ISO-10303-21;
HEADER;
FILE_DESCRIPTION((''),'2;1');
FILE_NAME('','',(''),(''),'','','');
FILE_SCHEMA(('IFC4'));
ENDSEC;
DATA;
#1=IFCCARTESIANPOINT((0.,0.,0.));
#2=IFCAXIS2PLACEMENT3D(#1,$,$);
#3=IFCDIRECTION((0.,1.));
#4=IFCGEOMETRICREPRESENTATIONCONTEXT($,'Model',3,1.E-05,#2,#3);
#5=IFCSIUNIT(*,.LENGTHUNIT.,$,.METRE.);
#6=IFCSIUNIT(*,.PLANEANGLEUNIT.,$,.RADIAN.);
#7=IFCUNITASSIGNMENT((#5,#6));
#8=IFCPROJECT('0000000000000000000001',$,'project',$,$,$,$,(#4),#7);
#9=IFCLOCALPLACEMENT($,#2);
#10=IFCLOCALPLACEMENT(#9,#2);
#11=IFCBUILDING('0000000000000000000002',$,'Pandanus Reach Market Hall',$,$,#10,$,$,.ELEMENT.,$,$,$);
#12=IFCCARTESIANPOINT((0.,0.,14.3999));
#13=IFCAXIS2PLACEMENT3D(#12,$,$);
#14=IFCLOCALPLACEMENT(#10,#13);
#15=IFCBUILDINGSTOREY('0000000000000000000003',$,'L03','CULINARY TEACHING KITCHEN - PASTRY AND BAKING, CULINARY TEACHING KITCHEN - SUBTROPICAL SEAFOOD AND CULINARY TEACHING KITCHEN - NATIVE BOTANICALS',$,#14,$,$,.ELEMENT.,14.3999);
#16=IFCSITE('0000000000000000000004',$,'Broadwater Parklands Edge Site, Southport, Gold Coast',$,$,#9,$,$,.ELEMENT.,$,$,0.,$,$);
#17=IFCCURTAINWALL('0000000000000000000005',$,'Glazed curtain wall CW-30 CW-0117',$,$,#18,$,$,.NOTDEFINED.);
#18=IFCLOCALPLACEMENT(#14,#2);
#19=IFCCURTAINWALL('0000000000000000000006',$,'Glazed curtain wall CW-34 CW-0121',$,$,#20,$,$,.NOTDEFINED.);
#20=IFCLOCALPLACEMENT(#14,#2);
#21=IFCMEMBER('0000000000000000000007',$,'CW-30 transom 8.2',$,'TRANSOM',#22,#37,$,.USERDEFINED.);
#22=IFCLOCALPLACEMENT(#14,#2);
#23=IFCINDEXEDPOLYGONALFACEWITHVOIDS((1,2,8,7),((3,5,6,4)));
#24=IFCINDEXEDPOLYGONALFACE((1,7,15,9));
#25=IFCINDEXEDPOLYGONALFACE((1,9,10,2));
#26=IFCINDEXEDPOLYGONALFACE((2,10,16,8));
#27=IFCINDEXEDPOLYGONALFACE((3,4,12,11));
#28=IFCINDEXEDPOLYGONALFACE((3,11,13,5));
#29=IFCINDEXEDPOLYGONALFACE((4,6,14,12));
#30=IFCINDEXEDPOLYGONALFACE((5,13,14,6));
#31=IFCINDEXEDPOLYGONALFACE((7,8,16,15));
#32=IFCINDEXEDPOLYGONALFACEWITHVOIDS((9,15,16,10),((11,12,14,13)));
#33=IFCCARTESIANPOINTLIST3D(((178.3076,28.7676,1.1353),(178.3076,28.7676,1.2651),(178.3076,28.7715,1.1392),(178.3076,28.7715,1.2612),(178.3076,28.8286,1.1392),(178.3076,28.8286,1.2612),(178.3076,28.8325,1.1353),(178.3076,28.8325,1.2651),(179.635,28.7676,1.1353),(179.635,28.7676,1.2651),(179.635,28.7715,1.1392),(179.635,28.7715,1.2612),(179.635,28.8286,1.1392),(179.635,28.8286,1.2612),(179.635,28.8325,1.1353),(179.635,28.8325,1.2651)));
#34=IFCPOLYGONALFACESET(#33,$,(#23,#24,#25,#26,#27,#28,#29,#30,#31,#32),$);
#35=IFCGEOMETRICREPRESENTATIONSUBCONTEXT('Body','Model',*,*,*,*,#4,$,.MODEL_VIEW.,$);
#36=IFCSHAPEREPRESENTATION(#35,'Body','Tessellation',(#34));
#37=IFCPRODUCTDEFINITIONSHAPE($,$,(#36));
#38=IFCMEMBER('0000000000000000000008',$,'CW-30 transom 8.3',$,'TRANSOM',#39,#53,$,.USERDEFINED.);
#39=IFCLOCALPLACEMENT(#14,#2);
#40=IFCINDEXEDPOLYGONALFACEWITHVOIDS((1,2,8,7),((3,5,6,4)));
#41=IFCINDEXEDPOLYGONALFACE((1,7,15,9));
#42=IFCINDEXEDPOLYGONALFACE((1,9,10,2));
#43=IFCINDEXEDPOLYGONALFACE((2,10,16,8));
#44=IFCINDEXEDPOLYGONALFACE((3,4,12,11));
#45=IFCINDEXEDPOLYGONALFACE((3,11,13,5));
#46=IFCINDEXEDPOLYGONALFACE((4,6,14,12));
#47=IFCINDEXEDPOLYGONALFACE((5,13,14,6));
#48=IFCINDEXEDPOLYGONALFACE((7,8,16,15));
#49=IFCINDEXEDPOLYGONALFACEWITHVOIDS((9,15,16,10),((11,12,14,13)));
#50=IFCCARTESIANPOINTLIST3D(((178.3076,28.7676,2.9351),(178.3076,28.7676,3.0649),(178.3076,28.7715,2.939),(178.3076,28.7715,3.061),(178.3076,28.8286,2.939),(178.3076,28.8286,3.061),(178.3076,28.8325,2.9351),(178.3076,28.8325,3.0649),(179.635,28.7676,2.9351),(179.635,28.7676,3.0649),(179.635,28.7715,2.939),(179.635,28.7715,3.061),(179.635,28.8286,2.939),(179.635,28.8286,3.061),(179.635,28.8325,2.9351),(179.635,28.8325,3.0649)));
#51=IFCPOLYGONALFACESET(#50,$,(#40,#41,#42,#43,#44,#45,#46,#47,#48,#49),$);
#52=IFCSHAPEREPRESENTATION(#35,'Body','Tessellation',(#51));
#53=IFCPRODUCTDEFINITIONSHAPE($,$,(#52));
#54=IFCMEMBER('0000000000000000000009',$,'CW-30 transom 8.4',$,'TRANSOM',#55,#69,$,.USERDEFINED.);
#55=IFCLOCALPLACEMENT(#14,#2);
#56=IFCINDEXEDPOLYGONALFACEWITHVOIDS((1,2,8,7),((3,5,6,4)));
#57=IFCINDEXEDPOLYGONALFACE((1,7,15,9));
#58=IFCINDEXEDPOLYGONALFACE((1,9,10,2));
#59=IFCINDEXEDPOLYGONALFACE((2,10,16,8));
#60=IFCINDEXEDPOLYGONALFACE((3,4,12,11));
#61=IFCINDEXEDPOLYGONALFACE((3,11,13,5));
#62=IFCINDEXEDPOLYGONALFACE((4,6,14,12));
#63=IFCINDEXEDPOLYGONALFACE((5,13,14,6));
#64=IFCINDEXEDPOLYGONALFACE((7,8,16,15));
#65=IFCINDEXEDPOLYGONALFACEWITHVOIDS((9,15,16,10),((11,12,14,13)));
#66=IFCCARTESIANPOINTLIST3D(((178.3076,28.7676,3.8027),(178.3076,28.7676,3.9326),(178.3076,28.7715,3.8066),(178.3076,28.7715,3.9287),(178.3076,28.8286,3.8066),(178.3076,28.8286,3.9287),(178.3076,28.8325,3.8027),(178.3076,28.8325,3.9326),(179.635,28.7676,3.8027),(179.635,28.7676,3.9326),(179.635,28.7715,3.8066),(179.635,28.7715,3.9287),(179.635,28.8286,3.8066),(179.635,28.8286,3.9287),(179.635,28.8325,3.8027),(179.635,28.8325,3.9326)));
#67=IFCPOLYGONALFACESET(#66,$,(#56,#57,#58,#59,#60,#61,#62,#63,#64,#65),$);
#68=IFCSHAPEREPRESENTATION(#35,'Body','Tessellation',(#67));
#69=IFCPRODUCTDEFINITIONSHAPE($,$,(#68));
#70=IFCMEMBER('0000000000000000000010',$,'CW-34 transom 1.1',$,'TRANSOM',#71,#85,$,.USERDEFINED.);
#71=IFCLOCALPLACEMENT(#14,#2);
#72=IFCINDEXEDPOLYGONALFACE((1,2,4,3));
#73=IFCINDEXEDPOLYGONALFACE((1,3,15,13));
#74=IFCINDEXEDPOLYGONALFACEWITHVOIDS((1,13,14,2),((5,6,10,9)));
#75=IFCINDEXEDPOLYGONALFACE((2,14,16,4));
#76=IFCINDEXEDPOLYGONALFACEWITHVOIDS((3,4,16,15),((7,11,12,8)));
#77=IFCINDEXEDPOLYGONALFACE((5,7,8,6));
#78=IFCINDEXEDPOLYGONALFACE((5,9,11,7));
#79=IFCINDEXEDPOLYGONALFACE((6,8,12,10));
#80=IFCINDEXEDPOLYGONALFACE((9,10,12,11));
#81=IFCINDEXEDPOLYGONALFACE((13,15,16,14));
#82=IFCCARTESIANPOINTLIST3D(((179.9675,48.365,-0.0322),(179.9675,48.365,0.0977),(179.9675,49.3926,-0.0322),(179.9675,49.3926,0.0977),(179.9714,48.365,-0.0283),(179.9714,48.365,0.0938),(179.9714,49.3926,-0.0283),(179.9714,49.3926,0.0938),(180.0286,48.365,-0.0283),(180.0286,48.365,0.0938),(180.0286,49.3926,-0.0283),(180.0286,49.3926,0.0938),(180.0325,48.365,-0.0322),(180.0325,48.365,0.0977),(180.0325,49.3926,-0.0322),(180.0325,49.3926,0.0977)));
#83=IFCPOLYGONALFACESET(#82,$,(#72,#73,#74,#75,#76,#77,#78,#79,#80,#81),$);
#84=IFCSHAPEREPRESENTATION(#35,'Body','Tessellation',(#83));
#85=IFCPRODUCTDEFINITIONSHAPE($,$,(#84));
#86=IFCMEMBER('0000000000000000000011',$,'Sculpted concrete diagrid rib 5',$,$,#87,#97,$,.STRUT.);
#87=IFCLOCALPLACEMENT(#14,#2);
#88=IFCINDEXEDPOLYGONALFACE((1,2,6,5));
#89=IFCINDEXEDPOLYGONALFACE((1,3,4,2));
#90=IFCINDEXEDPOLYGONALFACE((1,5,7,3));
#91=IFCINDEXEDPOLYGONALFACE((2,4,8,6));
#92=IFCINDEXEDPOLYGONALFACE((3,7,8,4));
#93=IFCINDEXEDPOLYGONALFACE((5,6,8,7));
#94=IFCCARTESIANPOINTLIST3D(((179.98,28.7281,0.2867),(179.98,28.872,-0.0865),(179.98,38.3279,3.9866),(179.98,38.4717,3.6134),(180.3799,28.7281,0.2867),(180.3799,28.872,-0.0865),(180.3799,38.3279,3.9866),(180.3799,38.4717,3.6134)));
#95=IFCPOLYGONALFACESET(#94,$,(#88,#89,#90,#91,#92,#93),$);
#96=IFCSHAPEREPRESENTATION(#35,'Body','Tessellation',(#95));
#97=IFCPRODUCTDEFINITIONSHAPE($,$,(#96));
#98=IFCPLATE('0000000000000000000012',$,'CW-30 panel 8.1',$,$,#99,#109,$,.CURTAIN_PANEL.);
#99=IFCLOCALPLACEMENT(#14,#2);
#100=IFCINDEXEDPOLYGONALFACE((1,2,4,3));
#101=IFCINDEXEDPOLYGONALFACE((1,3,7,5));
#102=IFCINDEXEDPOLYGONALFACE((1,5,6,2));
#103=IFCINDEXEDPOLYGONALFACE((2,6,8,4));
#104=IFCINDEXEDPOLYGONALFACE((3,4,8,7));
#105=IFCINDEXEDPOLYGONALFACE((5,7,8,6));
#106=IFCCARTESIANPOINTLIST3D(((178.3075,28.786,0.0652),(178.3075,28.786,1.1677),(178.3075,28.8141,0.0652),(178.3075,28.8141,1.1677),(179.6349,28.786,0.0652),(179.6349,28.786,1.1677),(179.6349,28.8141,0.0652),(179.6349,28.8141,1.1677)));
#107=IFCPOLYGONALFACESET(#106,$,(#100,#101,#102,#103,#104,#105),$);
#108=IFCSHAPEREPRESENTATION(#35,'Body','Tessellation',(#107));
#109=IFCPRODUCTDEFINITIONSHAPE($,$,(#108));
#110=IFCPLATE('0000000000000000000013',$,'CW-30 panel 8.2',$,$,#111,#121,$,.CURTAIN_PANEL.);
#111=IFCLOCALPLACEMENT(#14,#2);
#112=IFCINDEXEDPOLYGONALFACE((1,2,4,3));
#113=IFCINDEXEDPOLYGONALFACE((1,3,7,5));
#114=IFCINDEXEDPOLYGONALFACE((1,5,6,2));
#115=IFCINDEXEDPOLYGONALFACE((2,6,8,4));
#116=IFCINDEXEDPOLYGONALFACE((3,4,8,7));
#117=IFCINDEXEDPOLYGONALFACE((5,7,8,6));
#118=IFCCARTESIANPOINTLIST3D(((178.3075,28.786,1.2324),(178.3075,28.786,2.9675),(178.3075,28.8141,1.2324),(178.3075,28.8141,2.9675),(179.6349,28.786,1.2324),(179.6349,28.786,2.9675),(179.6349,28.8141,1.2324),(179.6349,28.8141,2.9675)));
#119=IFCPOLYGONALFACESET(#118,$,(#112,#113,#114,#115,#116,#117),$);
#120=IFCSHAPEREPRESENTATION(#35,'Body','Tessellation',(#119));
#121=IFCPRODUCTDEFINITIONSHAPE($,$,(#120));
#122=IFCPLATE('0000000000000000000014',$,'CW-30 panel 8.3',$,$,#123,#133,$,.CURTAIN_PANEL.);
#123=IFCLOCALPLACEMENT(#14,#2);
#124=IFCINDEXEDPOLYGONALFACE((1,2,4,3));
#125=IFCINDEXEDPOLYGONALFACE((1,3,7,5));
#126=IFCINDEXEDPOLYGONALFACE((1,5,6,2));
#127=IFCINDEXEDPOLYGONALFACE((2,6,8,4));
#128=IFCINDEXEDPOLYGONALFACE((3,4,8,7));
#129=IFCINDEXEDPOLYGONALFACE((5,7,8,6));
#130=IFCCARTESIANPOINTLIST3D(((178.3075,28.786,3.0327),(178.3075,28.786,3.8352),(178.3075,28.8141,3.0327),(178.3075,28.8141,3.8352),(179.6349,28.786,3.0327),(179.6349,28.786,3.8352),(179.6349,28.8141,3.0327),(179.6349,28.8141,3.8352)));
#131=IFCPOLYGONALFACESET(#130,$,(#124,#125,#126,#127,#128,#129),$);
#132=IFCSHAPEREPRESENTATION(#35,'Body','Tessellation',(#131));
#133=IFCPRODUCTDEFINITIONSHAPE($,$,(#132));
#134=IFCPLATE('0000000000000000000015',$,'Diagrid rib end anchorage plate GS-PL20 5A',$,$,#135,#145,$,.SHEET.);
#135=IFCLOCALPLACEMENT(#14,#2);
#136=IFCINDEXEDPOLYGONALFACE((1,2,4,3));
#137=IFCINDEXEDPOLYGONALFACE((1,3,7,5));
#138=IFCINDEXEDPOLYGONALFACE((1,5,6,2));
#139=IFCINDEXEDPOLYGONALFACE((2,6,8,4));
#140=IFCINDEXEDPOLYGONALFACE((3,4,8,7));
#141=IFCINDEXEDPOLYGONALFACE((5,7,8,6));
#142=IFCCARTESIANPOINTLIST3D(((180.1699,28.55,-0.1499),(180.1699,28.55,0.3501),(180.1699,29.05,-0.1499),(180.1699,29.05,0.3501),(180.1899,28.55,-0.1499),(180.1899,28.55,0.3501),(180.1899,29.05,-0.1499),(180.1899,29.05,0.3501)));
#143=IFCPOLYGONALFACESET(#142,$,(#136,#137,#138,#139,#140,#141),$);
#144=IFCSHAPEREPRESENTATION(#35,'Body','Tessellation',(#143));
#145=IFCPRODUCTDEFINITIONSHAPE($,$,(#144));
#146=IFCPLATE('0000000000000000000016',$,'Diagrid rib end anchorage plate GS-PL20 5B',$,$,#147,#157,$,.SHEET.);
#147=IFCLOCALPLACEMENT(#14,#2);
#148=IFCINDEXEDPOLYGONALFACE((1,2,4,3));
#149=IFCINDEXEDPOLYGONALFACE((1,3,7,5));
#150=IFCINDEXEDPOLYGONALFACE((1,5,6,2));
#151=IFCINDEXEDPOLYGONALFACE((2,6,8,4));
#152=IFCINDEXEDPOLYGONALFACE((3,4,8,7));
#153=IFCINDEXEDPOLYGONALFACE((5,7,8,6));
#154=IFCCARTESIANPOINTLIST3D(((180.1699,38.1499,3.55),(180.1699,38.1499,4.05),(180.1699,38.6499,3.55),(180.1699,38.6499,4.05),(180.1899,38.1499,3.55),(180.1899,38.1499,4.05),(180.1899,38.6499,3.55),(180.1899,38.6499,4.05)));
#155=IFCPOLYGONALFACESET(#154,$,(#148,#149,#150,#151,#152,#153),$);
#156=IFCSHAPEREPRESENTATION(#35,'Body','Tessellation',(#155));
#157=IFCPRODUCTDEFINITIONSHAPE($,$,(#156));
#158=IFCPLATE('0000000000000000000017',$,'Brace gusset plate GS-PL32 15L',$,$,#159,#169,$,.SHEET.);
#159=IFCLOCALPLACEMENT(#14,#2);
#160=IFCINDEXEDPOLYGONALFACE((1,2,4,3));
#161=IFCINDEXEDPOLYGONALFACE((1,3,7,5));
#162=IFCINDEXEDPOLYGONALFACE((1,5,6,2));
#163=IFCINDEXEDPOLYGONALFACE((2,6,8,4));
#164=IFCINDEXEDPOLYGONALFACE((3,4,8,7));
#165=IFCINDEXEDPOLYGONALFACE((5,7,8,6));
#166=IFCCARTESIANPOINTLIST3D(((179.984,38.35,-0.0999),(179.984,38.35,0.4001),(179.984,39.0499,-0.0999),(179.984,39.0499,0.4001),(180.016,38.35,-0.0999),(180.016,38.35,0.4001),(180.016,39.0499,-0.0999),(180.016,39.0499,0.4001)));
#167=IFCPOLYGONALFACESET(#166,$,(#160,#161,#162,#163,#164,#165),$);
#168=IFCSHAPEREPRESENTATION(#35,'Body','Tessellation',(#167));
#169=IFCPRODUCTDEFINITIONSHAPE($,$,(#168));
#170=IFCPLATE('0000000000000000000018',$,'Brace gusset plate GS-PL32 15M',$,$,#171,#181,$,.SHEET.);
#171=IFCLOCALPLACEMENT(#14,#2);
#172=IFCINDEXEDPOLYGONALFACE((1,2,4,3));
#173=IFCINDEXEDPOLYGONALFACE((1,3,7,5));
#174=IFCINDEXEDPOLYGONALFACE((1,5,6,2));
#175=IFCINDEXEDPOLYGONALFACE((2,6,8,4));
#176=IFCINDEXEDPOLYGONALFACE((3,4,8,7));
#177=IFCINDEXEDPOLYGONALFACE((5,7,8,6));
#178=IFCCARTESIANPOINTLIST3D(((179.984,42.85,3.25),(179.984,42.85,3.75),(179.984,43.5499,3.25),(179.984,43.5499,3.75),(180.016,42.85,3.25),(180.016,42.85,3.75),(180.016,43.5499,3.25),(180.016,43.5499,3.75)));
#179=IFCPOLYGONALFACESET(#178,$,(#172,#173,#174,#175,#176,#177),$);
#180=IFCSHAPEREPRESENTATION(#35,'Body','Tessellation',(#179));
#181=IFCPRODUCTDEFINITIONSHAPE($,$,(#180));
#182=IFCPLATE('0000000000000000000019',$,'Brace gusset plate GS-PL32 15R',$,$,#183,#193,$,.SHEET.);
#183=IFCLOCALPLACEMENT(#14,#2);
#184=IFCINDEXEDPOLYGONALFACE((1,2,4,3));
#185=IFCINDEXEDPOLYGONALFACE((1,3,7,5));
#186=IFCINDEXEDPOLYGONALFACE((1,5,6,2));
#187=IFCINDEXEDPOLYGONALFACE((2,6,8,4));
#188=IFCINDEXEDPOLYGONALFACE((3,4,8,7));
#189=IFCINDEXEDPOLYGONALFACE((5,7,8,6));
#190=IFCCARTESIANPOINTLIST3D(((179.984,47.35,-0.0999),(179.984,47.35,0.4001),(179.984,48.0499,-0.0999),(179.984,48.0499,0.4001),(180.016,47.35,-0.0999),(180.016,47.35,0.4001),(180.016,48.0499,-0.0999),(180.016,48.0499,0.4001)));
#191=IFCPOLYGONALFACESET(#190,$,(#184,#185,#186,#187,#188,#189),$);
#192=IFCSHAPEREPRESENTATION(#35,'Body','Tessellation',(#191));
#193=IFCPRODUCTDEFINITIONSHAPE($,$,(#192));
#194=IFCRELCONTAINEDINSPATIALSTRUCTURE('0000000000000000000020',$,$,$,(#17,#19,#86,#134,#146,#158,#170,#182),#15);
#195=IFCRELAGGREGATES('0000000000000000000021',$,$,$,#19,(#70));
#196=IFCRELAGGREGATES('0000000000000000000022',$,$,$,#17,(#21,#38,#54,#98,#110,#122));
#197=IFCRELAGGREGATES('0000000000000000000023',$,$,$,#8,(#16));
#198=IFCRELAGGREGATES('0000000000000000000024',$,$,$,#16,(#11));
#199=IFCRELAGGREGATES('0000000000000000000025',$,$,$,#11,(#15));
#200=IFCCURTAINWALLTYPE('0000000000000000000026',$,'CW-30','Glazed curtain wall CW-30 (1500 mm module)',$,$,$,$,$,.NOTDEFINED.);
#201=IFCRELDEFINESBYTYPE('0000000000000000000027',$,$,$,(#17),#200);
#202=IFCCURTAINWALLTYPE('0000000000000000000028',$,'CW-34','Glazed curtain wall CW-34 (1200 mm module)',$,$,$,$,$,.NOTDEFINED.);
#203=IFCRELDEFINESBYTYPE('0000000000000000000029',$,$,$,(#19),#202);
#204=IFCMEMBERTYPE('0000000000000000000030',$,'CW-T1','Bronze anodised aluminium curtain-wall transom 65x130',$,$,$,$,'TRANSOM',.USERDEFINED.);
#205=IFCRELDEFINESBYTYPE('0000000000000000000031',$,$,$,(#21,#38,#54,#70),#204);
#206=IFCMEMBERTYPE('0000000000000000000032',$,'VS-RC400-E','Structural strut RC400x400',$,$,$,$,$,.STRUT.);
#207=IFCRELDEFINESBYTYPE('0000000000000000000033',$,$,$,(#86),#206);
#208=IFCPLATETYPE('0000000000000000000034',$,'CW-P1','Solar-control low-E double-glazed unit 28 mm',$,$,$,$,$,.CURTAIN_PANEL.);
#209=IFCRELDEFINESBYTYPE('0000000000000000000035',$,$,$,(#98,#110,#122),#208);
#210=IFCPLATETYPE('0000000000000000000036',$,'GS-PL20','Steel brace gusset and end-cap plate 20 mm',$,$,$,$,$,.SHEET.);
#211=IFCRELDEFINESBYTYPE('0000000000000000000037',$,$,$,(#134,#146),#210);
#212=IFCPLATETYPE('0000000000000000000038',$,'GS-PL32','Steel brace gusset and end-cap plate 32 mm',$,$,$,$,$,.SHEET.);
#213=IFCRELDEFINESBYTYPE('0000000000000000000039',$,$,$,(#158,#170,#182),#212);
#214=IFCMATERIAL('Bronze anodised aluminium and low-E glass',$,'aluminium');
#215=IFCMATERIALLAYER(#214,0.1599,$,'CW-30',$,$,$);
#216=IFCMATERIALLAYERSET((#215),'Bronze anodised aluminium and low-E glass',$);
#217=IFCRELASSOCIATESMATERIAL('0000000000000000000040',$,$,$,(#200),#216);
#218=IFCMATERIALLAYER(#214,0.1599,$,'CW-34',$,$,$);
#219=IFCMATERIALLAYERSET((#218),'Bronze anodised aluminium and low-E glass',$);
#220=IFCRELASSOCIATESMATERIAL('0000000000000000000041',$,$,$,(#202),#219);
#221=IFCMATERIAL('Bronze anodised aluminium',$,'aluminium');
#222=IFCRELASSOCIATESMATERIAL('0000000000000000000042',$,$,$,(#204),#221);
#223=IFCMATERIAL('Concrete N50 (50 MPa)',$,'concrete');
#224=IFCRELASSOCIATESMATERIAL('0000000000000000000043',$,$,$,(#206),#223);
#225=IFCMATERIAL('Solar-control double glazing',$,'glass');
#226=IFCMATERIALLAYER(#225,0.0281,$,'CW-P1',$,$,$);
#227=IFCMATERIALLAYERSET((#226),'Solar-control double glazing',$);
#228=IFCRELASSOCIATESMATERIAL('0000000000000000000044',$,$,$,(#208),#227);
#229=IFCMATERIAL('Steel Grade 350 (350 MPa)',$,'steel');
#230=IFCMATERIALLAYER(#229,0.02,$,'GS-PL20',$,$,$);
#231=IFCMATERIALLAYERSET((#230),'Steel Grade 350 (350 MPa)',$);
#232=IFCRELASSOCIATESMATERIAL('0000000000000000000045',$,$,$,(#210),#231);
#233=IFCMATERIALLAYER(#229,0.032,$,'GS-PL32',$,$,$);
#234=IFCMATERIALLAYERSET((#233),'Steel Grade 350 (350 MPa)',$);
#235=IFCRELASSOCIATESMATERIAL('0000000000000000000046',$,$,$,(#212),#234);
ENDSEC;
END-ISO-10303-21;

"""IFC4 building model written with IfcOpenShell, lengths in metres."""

from ifc_helpers import new_model, si_unit, direction, frame, origin, origin_2d, place, context, subcontext, project, spatial, rectangle, hollow_rectangle, extrude, material, layer, layer_set, material_profile, profile_set, type_object, element, aggregate, save


model = new_model("IFC4")

# Units and contexts
model_context = context("Model", 3, precision=1e-05, world=origin(), true_north=direction((0.0, 1.0)))
body_context = subcontext(model_context, "Body", "Model", "MODEL_VIEW")
ifc_project = project(units=[si_unit("LENGTHUNIT", "METRE"), si_unit("PLANEANGLEUNIT", "RADIAN")], contexts=[model_context])

# Site, building, storey
site_placement = place(None, origin())
site = spatial("IfcSite", under=ifc_project, at=site_placement, Name="Broadwater Parklands Edge Site, Southport, Gold Coast", CompositionType="ELEMENT", RefElevation=0.0)
building_placement = place(site_placement, origin())
building = spatial("IfcBuilding", under=site, at=building_placement, Name="Pandanus Reach Market Hall", CompositionType="ELEMENT")
storey_placement = place(building_placement, frame((0.0, 0.0, 14.3999)))
storey = spatial("IfcBuildingStorey", under=building, at=storey_placement, Name="L03", Description="CULINARY TEACHING KITCHEN - PASTRY AND BAKING, CULINARY TEACHING KITCHEN - SUBTROPICAL SEAFOOD AND CULINARY TEACHING KITCHEN - NATIVE BOTANICALS", CompositionType="ELEMENT", Elevation=14.3999)

# Shared definitions
ifc_material_1 = material(Name="Steel Grade 350 (350 MPa)", Category="steel")

# Curtain wall
ifc_material_2 = material(Name="Bronze anodised aluminium and low-E glass", Category="aluminium")
ifc_layer_1 = layer(ifc_material_2, 0.1599, Name="CW-30")
ifc_layer_set_1 = layer_set([ifc_layer_1], Name="Bronze anodised aluminium and low-E glass")
curtain_wall_type_1 = type_object("IfcCurtainWallType", Name="CW-30", Description="Glazed curtain wall CW-30 (1500 mm module)", PredefinedType="NOTDEFINED", material=ifc_layer_set_1)
curtain_wall_1_placement = place(storey_placement, origin())
curtain_wall_1 = element("IfcCurtainWall", 1, at=curtain_wall_1_placement, inside=storey, type_object=curtain_wall_type_1, Name="Glazed curtain wall CW-30 CW-0117", PredefinedType="NOTDEFINED")
ifc_material_3 = material(Name="Bronze anodised aluminium", Category="aluminium")

# Curtain wall
ifc_layer_2 = layer(ifc_material_2, 0.1599, Name="CW-34")
ifc_layer_set_2 = layer_set([ifc_layer_2], Name="Bronze anodised aluminium and low-E glass")
curtain_wall_type_2 = type_object("IfcCurtainWallType", Name="CW-34", Description="Glazed curtain wall CW-34 (1200 mm module)", PredefinedType="NOTDEFINED", material=ifc_layer_set_2)
curtain_wall_2_placement = place(storey_placement, origin())
curtain_wall_2 = element("IfcCurtainWall", 2, at=curtain_wall_2_placement, inside=storey, type_object=curtain_wall_type_2, Name="Glazed curtain wall CW-34 CW-0121", PredefinedType="NOTDEFINED")

# Members
ifc_material_profile_1 = material_profile(ifc_material_3, hollow_rectangle(XDim=0.0649, YDim=0.1299, WallThickness=0.0039, at=origin_2d()), Name="ALU65x130", Category="LoadBearing")
ifc_profile_set_1 = profile_set([ifc_material_profile_1], Name="Bronze anodised aluminium")
member_type_1 = type_object("IfcMemberType", Name="CW-T1", Description="Bronze anodised aluminium curtain-wall transom 65x130", ElementType="TRANSOM", PredefinedType="USERDEFINED", material=ifc_profile_set_1)
member_1_placement = place(storey_placement, frame((178.3076, 28.8, 1.2002), z_axis=(1.0, 0.0, 0.0), x_axis=(0.0, 1.0, 0.0)))
member_1 = element("IfcMember", 3, at=member_1_placement, type_object=member_type_1, Name="CW-30 transom 8.2", ObjectType="TRANSOM", PredefinedType="USERDEFINED", context=body_context, shape_type="SweptSolid", body=[
    extrude(hollow_rectangle(XDim=0.0649, YDim=0.1299, WallThickness=0.0039, at=origin_2d()), origin(), (0.0, 0.0, 1.0), 1.3274),
])
member_2_placement = place(storey_placement, frame((178.3076, 28.8, 3.0), z_axis=(1.0, 0.0, 0.0), x_axis=(0.0, 1.0, 0.0)))
member_2 = element("IfcMember", 4, at=member_2_placement, type_object=member_type_1, Name="CW-30 transom 8.3", ObjectType="TRANSOM", PredefinedType="USERDEFINED", context=body_context, shape_type="SweptSolid", body=[
    extrude(hollow_rectangle(XDim=0.0649, YDim=0.1299, WallThickness=0.0039, at=origin_2d()), origin(), (0.0, 0.0, 1.0), 1.3274),
])
member_3_placement = place(storey_placement, frame((178.3076, 28.8, 3.8677), z_axis=(1.0, 0.0, 0.0), x_axis=(0.0, 1.0, 0.0)))
member_3 = element("IfcMember", 5, at=member_3_placement, type_object=member_type_1, Name="CW-30 transom 8.4", ObjectType="TRANSOM", PredefinedType="USERDEFINED", context=body_context, shape_type="SweptSolid", body=[
    extrude(hollow_rectangle(XDim=0.0649, YDim=0.1299, WallThickness=0.0039, at=origin_2d()), origin(), (0.0, 0.0, 1.0), 1.3274),
])
member_4_placement = place(storey_placement, frame((180.0, 48.365, 0.0327), z_axis=(0.0, 1.0, 0.0), x_axis=(-1.0, 0.0, 0.0)))
member_4 = element("IfcMember", 6, at=member_4_placement, type_object=member_type_1, Name="CW-34 transom 1.1", ObjectType="TRANSOM", PredefinedType="USERDEFINED", context=body_context, shape_type="SweptSolid", body=[
    extrude(hollow_rectangle(XDim=0.0649, YDim=0.1299, WallThickness=0.0039, at=origin_2d()), origin(), (0.0, 0.0, 1.0), 1.0276),
])
aggregate(curtain_wall_2, [member_4])
ifc_material_4 = material(Name="Concrete N50 (50 MPa)", Category="concrete")
ifc_material_profile_2 = material_profile(ifc_material_4, rectangle(XDim=0.3999, YDim=0.3999, at=origin_2d()), Name="RC400x400", Category="LoadBearing")
ifc_profile_set_2 = profile_set([ifc_material_profile_2], Name="Concrete N50 (50 MPa)")
member_type_2 = type_object("IfcMemberType", Name="VS-RC400-E", Description="Structural strut RC400x400", PredefinedType="STRUT", material=ifc_profile_set_2)
member_5_placement = place(storey_placement, frame((180.1799, 28.8, 0.1001), z_axis=(0.0, 0.933095, 0.359631), x_axis=(-1.0, 0.0, 0.0)))
element("IfcMember", 7, at=member_5_placement, inside=storey, type_object=member_type_2, Name="Sculpted concrete diagrid rib 5", PredefinedType="STRUT", context=body_context, shape_type="SweptSolid", body=[
    extrude(rectangle(XDim=0.3999, YDim=0.3999, at=origin_2d()), origin(), (0.0, 0.0, 1.0), 10.2881),
])

# Plates
ifc_material_5 = material(Name="Solar-control double glazing", Category="glass")
ifc_layer_3 = layer(ifc_material_5, 0.0281, Name="CW-P1")
ifc_layer_set_3 = layer_set([ifc_layer_3], Name="Solar-control double glazing")
plate_type_1 = type_object("IfcPlateType", Name="CW-P1", Description="Solar-control low-E double-glazed unit 28 mm", PredefinedType="CURTAIN_PANEL", material=ifc_layer_set_3)
plate_1_placement = place(storey_placement, frame((178.9712, 28.8, 0.0652), z_axis=(0.0, 0.0, 1.0), x_axis=(1.0, 0.0, 0.0)))
plate_1 = element("IfcPlate", 8, at=plate_1_placement, type_object=plate_type_1, Name="CW-30 panel 8.1", PredefinedType="CURTAIN_PANEL", context=body_context, shape_type="SweptSolid", body=[
    extrude(rectangle(XDim=1.3274, YDim=0.0281, at=origin_2d()), origin(), (0.0, 0.0, 1.0), 1.1025),
])
plate_2_placement = place(storey_placement, frame((178.9712, 28.8, 1.2324), z_axis=(0.0, 0.0, 1.0), x_axis=(1.0, 0.0, 0.0)))
plate_2 = element("IfcPlate", 9, at=plate_2_placement, type_object=plate_type_1, Name="CW-30 panel 8.2", PredefinedType="CURTAIN_PANEL", context=body_context, shape_type="SweptSolid", body=[
    extrude(rectangle(XDim=1.3274, YDim=0.0281, at=origin_2d()), origin(), (0.0, 0.0, 1.0), 1.7351),
])
plate_3_placement = place(storey_placement, frame((178.9712, 28.8, 3.0327), z_axis=(0.0, 0.0, 1.0), x_axis=(1.0, 0.0, 0.0)))
plate_3 = element("IfcPlate", 10, at=plate_3_placement, type_object=plate_type_1, Name="CW-30 panel 8.3", PredefinedType="CURTAIN_PANEL", context=body_context, shape_type="SweptSolid", body=[
    extrude(rectangle(XDim=1.3274, YDim=0.0281, at=origin_2d()), origin(), (0.0, 0.0, 1.0), 0.8025),
])
aggregate(curtain_wall_1, [member_1, member_2, member_3, plate_1, plate_2, plate_3])

# Plates
ifc_layer_4 = layer(ifc_material_1, 0.02, Name="GS-PL20")
ifc_layer_set_4 = layer_set([ifc_layer_4], Name="Steel Grade 350 (350 MPa)")
plate_type_2 = type_object("IfcPlateType", Name="GS-PL20", Description="Steel brace gusset and end-cap plate 20 mm", PredefinedType="SHEET", material=ifc_layer_set_4)
for number, where, z_axis, x_axis, name in (
    (11, (180.1799, 28.8, -0.1499), (0.0, 0.0, 1.0), (1.0, 0.0, 0.0), "Diagrid rib end anchorage plate GS-PL20 5A"),
    (12, (180.1799, 38.3999, 3.55), (0.0, 0.0, 1.0), (1.0, 0.0, 0.0), "Diagrid rib end anchorage plate GS-PL20 5B"),
):
    element("IfcPlate", number, at=place(storey_placement, frame(where, z_axis=z_axis, x_axis=x_axis)), inside=storey, type_object=plate_type_2, Name=name, PredefinedType="SHEET", context=body_context, shape_type="SweptSolid", body=[
        extrude(rectangle(XDim=0.02, YDim=0.5, at=origin_2d()), origin(), (0.0, 0.0, 1.0), 0.5),
    ])
ifc_layer_5 = layer(ifc_material_1, 0.032, Name="GS-PL32")
ifc_layer_set_5 = layer_set([ifc_layer_5], Name="Steel Grade 350 (350 MPa)")
plate_type_3 = type_object("IfcPlateType", Name="GS-PL32", Description="Steel brace gusset and end-cap plate 32 mm", PredefinedType="SHEET", material=ifc_layer_set_5)
for number, where, z_axis, x_axis, name in (
    (13, (180.0, 38.7, -0.0999), (0.0, 0.0, 1.0), (0.0, 1.0, 0.0), "Brace gusset plate GS-PL32 15L"),
    (14, (180.0, 43.2, 3.25), (0.0, 0.0, 1.0), (0.0, 1.0, 0.0), "Brace gusset plate GS-PL32 15M"),
    (15, (180.0, 47.7, -0.0999), (0.0, 0.0, 1.0), (0.0, 1.0, 0.0), "Brace gusset plate GS-PL32 15R"),
):
    element("IfcPlate", number, at=place(storey_placement, frame(where, z_axis=z_axis, x_axis=x_axis)), inside=storey, type_object=plate_type_3, Name=name, PredefinedType="SHEET", context=body_context, shape_type="SweptSolid", body=[
        extrude(rectangle(XDim=0.7, YDim=0.032, at=origin_2d()), origin(), (0.0, 0.0, 1.0), 0.5),
    ])

save(model, "model.ifc")
